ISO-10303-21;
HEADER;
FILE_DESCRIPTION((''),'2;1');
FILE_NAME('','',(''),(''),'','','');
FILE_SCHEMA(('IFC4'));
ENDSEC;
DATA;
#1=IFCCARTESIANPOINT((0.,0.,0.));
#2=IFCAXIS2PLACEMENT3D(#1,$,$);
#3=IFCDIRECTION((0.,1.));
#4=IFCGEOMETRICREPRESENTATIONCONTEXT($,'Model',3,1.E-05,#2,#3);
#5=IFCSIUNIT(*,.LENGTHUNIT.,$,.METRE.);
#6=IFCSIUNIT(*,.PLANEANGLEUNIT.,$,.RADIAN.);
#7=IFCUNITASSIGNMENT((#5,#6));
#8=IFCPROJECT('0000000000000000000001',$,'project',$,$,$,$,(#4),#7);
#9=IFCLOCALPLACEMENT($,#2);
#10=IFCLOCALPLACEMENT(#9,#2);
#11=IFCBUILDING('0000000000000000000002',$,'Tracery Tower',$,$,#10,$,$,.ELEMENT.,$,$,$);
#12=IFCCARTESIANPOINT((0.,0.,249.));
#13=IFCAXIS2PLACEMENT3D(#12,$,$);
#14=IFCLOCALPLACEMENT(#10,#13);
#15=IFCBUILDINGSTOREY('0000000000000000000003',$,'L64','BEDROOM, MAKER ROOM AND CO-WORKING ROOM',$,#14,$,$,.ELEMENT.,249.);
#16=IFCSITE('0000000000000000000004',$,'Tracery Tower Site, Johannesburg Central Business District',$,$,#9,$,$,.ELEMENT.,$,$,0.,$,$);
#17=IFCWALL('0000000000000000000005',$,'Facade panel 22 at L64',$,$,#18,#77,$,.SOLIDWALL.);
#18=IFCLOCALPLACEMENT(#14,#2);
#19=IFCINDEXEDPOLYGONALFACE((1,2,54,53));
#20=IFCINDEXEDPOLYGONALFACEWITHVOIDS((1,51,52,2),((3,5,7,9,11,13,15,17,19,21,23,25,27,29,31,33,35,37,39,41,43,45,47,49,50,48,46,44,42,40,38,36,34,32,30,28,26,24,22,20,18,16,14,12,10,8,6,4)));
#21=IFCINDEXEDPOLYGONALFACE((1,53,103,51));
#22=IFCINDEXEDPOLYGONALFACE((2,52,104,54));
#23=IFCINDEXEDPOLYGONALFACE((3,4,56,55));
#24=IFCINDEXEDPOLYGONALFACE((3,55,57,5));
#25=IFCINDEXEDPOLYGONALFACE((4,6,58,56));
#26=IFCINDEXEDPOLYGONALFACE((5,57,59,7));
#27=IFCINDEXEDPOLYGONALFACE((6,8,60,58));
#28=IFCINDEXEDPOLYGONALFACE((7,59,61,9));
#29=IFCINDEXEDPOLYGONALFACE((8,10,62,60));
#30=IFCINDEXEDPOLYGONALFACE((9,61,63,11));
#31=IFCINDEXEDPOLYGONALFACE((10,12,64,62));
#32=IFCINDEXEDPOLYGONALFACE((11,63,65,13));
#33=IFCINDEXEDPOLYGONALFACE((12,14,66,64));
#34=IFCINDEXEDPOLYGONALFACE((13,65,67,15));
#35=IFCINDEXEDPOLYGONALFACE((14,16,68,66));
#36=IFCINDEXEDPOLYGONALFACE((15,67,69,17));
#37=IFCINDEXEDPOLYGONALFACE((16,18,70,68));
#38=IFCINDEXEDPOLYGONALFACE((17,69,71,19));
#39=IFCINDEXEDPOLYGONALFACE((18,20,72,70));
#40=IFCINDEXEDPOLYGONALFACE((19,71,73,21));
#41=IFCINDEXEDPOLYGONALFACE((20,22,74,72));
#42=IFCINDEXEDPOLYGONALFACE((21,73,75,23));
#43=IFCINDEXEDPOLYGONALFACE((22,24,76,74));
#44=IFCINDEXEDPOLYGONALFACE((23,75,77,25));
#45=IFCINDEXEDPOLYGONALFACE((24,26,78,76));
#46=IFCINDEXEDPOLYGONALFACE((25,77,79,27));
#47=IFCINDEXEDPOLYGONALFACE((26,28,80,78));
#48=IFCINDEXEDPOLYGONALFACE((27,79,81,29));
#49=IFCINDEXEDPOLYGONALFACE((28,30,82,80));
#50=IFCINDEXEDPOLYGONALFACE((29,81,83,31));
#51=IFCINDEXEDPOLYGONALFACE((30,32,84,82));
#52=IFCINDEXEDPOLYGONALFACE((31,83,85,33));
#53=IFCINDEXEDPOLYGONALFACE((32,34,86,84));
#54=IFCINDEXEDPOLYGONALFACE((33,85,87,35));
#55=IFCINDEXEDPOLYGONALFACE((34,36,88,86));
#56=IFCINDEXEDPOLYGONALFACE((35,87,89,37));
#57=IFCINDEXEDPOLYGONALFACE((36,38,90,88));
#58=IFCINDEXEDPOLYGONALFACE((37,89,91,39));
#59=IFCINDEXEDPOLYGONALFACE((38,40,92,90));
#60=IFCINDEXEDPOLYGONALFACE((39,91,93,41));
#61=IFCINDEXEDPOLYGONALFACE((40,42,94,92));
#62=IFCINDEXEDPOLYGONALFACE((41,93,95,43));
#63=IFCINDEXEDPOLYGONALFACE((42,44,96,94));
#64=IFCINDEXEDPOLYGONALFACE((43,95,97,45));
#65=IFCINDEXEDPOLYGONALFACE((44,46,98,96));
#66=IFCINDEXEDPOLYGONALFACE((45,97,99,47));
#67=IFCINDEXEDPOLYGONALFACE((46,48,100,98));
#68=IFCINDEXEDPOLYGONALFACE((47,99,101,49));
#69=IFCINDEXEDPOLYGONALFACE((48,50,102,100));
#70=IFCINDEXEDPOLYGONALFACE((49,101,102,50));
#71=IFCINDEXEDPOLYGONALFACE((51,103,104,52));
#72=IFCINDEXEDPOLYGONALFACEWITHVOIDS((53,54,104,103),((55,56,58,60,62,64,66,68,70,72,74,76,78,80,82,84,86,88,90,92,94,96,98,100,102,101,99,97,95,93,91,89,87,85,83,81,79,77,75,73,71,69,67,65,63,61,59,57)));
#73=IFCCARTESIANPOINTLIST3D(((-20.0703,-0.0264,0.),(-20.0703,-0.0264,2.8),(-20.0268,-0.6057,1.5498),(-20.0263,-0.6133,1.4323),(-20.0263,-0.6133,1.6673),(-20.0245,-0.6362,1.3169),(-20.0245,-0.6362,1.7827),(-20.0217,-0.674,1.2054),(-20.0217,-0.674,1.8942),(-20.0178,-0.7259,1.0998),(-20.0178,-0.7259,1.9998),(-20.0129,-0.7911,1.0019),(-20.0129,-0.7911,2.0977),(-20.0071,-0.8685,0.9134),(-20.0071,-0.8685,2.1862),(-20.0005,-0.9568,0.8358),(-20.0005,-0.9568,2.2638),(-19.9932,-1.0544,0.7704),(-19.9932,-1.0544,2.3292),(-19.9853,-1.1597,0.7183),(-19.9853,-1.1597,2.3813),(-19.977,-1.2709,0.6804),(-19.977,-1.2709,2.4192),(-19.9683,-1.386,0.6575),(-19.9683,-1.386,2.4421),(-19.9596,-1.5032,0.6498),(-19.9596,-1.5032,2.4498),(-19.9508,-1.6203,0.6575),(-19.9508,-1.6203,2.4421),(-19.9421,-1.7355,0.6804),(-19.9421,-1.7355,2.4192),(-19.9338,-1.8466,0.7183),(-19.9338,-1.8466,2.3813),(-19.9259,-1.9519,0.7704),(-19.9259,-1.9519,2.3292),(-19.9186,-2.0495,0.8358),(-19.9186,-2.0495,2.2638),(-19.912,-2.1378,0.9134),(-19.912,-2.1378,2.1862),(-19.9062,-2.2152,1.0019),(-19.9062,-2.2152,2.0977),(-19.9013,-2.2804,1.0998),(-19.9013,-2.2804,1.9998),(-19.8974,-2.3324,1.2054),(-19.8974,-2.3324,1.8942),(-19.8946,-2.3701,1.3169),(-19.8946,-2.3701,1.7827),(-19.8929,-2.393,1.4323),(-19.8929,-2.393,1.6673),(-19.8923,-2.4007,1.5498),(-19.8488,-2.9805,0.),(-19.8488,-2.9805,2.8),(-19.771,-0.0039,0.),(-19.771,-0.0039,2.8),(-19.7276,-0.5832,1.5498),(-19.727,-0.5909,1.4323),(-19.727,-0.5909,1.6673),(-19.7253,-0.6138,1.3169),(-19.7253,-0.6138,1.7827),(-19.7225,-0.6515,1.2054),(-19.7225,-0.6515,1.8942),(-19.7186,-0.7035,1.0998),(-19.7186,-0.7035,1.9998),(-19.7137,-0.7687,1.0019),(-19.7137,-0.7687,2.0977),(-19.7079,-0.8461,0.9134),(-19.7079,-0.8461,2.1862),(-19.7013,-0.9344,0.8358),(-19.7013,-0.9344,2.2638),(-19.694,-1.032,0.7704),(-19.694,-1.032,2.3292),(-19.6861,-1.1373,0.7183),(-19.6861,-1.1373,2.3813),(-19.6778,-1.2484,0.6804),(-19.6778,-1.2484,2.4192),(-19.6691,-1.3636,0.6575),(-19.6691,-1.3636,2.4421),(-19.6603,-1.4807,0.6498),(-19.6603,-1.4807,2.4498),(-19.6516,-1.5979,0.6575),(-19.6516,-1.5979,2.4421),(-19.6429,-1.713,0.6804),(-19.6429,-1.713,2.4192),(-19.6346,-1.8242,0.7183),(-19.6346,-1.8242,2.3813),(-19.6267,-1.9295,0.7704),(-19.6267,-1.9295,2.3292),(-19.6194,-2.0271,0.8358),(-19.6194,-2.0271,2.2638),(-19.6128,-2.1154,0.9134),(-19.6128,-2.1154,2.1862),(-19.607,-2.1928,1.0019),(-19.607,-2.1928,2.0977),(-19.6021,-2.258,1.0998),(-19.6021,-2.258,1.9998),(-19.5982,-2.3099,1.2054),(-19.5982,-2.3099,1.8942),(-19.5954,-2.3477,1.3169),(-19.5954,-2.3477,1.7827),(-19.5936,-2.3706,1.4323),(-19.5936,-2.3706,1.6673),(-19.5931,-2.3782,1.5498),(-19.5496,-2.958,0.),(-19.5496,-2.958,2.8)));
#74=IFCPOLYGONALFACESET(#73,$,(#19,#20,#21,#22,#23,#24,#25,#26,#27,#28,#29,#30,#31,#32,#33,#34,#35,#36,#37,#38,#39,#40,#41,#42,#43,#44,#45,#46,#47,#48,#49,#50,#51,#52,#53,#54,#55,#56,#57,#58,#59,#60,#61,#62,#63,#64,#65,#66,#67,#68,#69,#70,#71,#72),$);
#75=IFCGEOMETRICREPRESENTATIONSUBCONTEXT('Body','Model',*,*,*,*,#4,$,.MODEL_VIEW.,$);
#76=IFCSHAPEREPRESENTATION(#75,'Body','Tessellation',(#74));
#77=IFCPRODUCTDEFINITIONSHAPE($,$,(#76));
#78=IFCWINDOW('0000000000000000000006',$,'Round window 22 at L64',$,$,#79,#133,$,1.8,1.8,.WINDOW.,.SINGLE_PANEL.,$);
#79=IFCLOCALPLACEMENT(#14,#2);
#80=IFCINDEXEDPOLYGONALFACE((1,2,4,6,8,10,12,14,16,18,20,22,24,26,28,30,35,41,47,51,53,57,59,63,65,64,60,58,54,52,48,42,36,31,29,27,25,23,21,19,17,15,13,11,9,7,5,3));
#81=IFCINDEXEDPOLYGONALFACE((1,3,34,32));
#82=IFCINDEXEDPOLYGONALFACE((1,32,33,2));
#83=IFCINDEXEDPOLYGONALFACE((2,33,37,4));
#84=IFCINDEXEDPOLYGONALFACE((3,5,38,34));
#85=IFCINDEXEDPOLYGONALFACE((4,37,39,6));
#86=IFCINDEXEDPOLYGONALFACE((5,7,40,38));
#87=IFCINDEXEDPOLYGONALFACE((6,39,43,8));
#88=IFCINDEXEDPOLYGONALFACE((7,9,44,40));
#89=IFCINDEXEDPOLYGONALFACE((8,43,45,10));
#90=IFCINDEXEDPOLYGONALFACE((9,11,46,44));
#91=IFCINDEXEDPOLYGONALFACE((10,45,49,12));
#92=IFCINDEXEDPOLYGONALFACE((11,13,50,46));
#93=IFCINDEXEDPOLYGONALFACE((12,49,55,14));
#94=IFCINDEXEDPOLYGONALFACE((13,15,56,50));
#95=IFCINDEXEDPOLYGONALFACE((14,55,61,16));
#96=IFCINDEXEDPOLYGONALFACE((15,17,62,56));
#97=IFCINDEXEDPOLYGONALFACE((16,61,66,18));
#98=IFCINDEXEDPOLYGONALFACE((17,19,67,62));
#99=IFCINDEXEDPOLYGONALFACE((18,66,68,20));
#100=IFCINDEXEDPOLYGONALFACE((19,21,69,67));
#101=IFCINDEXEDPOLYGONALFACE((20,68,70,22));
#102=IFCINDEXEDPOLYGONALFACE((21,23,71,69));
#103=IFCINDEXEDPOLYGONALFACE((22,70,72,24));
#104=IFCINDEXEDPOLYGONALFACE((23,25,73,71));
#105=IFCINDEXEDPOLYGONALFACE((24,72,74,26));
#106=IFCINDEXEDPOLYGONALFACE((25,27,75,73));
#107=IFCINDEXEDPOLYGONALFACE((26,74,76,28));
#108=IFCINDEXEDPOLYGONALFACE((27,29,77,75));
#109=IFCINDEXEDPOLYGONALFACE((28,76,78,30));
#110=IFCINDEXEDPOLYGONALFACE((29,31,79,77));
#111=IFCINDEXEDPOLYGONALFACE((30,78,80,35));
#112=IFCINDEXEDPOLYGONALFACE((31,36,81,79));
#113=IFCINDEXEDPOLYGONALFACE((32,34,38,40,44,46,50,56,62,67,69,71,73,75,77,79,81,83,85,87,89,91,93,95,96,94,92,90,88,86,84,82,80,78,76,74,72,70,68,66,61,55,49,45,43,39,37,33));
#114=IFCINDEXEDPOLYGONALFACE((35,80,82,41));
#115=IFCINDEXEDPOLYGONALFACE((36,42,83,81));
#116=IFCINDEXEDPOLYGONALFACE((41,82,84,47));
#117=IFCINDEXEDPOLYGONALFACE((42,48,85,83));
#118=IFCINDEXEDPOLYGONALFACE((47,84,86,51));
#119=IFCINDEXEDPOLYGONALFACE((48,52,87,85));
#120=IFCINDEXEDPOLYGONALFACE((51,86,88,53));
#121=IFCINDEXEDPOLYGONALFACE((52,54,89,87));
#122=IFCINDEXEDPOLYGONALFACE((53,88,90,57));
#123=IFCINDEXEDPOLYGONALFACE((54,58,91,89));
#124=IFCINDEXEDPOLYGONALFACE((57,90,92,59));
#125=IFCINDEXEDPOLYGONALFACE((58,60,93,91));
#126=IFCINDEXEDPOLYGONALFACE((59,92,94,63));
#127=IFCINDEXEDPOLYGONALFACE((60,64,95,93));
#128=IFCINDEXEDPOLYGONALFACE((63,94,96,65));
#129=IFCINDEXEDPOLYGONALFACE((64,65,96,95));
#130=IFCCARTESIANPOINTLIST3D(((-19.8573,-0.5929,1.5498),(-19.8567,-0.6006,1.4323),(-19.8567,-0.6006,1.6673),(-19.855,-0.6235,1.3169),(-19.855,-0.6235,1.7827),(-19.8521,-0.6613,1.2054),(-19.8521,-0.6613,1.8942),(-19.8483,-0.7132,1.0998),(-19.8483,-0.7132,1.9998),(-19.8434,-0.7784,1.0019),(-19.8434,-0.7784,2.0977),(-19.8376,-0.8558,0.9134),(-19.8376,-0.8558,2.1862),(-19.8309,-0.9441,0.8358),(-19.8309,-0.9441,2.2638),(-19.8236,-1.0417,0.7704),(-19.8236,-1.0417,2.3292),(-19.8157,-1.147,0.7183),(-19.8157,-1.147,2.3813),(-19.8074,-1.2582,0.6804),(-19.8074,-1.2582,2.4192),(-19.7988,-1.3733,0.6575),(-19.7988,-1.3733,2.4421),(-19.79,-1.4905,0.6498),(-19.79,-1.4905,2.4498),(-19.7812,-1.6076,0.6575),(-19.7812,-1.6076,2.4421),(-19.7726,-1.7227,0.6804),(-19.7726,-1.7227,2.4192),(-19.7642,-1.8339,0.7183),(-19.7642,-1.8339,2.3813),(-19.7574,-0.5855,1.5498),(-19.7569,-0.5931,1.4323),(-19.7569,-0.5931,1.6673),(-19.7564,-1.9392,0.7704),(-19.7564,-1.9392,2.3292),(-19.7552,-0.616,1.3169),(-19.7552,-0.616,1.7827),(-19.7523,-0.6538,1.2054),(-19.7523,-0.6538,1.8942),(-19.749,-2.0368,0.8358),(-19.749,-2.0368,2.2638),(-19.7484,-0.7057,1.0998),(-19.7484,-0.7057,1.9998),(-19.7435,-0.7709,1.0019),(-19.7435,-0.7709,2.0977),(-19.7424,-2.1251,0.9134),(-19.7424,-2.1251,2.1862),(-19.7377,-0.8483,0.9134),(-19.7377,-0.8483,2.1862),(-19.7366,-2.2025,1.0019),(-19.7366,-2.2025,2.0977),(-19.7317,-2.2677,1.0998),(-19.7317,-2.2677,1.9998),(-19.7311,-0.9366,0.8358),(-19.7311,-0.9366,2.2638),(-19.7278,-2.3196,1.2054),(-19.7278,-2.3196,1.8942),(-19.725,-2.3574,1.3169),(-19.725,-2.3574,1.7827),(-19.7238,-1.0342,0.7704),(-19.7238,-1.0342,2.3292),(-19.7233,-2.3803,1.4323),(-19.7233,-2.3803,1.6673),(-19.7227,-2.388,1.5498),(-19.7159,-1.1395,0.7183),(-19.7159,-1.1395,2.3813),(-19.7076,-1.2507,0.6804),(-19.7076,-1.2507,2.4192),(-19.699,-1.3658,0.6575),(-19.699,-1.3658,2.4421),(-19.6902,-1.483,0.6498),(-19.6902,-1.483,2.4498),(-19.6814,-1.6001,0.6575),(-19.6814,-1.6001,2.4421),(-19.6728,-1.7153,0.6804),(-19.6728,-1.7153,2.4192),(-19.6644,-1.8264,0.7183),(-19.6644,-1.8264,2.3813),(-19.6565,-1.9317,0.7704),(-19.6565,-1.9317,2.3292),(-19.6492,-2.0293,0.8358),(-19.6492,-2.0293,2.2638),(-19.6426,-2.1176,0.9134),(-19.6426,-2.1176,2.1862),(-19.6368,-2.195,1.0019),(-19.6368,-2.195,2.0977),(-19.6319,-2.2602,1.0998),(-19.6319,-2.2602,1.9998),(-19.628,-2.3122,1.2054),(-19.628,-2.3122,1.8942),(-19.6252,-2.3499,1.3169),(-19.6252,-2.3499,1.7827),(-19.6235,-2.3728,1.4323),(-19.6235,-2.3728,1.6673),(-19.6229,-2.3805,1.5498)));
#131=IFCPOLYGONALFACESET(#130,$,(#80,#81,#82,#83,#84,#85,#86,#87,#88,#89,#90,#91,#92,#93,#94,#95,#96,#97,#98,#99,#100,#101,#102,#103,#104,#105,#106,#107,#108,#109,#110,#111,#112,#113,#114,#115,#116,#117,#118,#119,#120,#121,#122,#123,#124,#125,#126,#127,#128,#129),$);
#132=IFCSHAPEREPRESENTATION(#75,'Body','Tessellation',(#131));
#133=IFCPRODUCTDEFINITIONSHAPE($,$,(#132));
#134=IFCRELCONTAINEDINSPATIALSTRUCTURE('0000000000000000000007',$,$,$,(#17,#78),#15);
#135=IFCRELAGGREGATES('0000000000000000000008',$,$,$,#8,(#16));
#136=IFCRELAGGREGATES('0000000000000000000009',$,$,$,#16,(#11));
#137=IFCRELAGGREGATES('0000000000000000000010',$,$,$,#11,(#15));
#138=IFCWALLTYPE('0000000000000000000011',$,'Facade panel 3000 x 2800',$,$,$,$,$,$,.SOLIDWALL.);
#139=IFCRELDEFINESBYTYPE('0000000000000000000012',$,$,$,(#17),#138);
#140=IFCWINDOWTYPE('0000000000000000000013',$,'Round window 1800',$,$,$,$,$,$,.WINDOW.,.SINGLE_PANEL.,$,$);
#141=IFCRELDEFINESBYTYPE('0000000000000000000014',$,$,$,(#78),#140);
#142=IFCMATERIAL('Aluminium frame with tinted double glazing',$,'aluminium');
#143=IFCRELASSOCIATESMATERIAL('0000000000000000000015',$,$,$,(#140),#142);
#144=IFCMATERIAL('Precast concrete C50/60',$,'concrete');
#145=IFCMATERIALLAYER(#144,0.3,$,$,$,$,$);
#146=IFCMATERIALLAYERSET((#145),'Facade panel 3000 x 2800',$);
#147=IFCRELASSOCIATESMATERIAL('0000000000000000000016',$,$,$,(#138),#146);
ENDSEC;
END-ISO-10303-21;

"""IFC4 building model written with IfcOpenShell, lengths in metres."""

from ifc_helpers import new_model, si_unit, direction, frame, frame_2d, origin, origin_2d, place, context, subcontext, project, spatial, rectangle, circle, extrude, material, layer, layer_set, type_object, element, fill, save


model = new_model("IFC4")

# Units and contexts
model_context = context("Model", 3, precision=1e-05, world=origin(), true_north=direction((0.0, 1.0)))
body_context = subcontext(model_context, "Body", "Model", "MODEL_VIEW")
ifc_project = project(units=[si_unit("LENGTHUNIT", "METRE"), si_unit("PLANEANGLEUNIT", "RADIAN")], contexts=[model_context])

# Site, building, storey
site_placement = place(None, origin())
site = spatial("IfcSite", under=ifc_project, at=site_placement, Name="Tracery Tower Site, Johannesburg Central Business District", CompositionType="ELEMENT", RefElevation=0.0)
building_placement = place(site_placement, origin())
building = spatial("IfcBuilding", under=site, at=building_placement, Name="Tracery Tower", CompositionType="ELEMENT")
storey_placement = place(building_placement, frame((0.0, 0.0, 249.0)))
storey = spatial("IfcBuildingStorey", under=building, at=storey_placement, Name="L64", Description="BEDROOM, MAKER ROOM AND CO-WORKING ROOM", CompositionType="ELEMENT", Elevation=249.0)

# Wall, opening, window
ifc_material_1 = material(Name="Aluminium frame with tinted double glazing", Category="aluminium")
window_type = type_object("IfcWindowType", Name="Round window 1800", PartitioningType="SINGLE_PANEL", PredefinedType="WINDOW", material=ifc_material_1)
ifc_material_2 = material(Name="Precast concrete C50/60", Category="concrete")
ifc_layer_1 = layer(ifc_material_2, 0.3)
ifc_layer_set_1 = layer_set([ifc_layer_1], Name="Facade panel 3000 x 2800")
wall_type_1 = type_object("IfcWallType", Name="Facade panel 3000 x 2800", PredefinedType="SOLIDWALL", material=ifc_layer_set_1)
wall_1_placement = place(storey_placement, frame((-19.9207, -0.0151, 0.0), z_axis=(0.0, 0.0, 1.0), x_axis=(0.074749, -0.997202, 0.0)))
wall_1 = element("IfcWall", 1, at=wall_1_placement, inside=storey, type_object=wall_type_1, Name="Facade panel 22 at L64", PredefinedType="SOLIDWALL", context=body_context, shape_type="SweptSolid", body=[
    extrude(rectangle(XDim=2.9624, YDim=0.3, at=frame_2d((1.4812, 0.0))), origin(), (0.0, 0.0, 1.0), 2.8),
])
opening_1_placement = place(wall_1_placement, frame((1.481, 0.0, 1.5498)))
opening_1 = element("IfcOpeningElement", 2, at=opening_1_placement, cuts=wall_1, PredefinedType="OPENING", context=body_context, shape_type="SweptSolid", body=[
    extrude(circle(Radius=0.9, at=origin_2d()), frame((0.0, 0.1599, 0.0), z_axis=(0.0, -1.0, 0.0), x_axis=(1.0, 0.0, 0.0)), (0.0, 0.0, 1.0), 0.3201),
])
window_1_placement = place(opening_1_placement, origin())
window_1 = element("IfcWindow", 3, at=window_1_placement, inside=storey, type_object=window_type, Name="Round window 22 at L64", OverallHeight=1.8, OverallWidth=1.8, PartitioningType="SINGLE_PANEL", PredefinedType="WINDOW", context=body_context, shape_type="SweptSolid", body=[
    extrude(circle(Radius=0.9, at=origin_2d()), frame((0.0, 0.1201, 0.0), z_axis=(0.0, -1.0, 0.0), x_axis=(1.0, 0.0, 0.0)), (0.0, 0.0, 1.0), 0.1001),
])
fill(opening_1, window_1)

save(model, "model.ifc")
